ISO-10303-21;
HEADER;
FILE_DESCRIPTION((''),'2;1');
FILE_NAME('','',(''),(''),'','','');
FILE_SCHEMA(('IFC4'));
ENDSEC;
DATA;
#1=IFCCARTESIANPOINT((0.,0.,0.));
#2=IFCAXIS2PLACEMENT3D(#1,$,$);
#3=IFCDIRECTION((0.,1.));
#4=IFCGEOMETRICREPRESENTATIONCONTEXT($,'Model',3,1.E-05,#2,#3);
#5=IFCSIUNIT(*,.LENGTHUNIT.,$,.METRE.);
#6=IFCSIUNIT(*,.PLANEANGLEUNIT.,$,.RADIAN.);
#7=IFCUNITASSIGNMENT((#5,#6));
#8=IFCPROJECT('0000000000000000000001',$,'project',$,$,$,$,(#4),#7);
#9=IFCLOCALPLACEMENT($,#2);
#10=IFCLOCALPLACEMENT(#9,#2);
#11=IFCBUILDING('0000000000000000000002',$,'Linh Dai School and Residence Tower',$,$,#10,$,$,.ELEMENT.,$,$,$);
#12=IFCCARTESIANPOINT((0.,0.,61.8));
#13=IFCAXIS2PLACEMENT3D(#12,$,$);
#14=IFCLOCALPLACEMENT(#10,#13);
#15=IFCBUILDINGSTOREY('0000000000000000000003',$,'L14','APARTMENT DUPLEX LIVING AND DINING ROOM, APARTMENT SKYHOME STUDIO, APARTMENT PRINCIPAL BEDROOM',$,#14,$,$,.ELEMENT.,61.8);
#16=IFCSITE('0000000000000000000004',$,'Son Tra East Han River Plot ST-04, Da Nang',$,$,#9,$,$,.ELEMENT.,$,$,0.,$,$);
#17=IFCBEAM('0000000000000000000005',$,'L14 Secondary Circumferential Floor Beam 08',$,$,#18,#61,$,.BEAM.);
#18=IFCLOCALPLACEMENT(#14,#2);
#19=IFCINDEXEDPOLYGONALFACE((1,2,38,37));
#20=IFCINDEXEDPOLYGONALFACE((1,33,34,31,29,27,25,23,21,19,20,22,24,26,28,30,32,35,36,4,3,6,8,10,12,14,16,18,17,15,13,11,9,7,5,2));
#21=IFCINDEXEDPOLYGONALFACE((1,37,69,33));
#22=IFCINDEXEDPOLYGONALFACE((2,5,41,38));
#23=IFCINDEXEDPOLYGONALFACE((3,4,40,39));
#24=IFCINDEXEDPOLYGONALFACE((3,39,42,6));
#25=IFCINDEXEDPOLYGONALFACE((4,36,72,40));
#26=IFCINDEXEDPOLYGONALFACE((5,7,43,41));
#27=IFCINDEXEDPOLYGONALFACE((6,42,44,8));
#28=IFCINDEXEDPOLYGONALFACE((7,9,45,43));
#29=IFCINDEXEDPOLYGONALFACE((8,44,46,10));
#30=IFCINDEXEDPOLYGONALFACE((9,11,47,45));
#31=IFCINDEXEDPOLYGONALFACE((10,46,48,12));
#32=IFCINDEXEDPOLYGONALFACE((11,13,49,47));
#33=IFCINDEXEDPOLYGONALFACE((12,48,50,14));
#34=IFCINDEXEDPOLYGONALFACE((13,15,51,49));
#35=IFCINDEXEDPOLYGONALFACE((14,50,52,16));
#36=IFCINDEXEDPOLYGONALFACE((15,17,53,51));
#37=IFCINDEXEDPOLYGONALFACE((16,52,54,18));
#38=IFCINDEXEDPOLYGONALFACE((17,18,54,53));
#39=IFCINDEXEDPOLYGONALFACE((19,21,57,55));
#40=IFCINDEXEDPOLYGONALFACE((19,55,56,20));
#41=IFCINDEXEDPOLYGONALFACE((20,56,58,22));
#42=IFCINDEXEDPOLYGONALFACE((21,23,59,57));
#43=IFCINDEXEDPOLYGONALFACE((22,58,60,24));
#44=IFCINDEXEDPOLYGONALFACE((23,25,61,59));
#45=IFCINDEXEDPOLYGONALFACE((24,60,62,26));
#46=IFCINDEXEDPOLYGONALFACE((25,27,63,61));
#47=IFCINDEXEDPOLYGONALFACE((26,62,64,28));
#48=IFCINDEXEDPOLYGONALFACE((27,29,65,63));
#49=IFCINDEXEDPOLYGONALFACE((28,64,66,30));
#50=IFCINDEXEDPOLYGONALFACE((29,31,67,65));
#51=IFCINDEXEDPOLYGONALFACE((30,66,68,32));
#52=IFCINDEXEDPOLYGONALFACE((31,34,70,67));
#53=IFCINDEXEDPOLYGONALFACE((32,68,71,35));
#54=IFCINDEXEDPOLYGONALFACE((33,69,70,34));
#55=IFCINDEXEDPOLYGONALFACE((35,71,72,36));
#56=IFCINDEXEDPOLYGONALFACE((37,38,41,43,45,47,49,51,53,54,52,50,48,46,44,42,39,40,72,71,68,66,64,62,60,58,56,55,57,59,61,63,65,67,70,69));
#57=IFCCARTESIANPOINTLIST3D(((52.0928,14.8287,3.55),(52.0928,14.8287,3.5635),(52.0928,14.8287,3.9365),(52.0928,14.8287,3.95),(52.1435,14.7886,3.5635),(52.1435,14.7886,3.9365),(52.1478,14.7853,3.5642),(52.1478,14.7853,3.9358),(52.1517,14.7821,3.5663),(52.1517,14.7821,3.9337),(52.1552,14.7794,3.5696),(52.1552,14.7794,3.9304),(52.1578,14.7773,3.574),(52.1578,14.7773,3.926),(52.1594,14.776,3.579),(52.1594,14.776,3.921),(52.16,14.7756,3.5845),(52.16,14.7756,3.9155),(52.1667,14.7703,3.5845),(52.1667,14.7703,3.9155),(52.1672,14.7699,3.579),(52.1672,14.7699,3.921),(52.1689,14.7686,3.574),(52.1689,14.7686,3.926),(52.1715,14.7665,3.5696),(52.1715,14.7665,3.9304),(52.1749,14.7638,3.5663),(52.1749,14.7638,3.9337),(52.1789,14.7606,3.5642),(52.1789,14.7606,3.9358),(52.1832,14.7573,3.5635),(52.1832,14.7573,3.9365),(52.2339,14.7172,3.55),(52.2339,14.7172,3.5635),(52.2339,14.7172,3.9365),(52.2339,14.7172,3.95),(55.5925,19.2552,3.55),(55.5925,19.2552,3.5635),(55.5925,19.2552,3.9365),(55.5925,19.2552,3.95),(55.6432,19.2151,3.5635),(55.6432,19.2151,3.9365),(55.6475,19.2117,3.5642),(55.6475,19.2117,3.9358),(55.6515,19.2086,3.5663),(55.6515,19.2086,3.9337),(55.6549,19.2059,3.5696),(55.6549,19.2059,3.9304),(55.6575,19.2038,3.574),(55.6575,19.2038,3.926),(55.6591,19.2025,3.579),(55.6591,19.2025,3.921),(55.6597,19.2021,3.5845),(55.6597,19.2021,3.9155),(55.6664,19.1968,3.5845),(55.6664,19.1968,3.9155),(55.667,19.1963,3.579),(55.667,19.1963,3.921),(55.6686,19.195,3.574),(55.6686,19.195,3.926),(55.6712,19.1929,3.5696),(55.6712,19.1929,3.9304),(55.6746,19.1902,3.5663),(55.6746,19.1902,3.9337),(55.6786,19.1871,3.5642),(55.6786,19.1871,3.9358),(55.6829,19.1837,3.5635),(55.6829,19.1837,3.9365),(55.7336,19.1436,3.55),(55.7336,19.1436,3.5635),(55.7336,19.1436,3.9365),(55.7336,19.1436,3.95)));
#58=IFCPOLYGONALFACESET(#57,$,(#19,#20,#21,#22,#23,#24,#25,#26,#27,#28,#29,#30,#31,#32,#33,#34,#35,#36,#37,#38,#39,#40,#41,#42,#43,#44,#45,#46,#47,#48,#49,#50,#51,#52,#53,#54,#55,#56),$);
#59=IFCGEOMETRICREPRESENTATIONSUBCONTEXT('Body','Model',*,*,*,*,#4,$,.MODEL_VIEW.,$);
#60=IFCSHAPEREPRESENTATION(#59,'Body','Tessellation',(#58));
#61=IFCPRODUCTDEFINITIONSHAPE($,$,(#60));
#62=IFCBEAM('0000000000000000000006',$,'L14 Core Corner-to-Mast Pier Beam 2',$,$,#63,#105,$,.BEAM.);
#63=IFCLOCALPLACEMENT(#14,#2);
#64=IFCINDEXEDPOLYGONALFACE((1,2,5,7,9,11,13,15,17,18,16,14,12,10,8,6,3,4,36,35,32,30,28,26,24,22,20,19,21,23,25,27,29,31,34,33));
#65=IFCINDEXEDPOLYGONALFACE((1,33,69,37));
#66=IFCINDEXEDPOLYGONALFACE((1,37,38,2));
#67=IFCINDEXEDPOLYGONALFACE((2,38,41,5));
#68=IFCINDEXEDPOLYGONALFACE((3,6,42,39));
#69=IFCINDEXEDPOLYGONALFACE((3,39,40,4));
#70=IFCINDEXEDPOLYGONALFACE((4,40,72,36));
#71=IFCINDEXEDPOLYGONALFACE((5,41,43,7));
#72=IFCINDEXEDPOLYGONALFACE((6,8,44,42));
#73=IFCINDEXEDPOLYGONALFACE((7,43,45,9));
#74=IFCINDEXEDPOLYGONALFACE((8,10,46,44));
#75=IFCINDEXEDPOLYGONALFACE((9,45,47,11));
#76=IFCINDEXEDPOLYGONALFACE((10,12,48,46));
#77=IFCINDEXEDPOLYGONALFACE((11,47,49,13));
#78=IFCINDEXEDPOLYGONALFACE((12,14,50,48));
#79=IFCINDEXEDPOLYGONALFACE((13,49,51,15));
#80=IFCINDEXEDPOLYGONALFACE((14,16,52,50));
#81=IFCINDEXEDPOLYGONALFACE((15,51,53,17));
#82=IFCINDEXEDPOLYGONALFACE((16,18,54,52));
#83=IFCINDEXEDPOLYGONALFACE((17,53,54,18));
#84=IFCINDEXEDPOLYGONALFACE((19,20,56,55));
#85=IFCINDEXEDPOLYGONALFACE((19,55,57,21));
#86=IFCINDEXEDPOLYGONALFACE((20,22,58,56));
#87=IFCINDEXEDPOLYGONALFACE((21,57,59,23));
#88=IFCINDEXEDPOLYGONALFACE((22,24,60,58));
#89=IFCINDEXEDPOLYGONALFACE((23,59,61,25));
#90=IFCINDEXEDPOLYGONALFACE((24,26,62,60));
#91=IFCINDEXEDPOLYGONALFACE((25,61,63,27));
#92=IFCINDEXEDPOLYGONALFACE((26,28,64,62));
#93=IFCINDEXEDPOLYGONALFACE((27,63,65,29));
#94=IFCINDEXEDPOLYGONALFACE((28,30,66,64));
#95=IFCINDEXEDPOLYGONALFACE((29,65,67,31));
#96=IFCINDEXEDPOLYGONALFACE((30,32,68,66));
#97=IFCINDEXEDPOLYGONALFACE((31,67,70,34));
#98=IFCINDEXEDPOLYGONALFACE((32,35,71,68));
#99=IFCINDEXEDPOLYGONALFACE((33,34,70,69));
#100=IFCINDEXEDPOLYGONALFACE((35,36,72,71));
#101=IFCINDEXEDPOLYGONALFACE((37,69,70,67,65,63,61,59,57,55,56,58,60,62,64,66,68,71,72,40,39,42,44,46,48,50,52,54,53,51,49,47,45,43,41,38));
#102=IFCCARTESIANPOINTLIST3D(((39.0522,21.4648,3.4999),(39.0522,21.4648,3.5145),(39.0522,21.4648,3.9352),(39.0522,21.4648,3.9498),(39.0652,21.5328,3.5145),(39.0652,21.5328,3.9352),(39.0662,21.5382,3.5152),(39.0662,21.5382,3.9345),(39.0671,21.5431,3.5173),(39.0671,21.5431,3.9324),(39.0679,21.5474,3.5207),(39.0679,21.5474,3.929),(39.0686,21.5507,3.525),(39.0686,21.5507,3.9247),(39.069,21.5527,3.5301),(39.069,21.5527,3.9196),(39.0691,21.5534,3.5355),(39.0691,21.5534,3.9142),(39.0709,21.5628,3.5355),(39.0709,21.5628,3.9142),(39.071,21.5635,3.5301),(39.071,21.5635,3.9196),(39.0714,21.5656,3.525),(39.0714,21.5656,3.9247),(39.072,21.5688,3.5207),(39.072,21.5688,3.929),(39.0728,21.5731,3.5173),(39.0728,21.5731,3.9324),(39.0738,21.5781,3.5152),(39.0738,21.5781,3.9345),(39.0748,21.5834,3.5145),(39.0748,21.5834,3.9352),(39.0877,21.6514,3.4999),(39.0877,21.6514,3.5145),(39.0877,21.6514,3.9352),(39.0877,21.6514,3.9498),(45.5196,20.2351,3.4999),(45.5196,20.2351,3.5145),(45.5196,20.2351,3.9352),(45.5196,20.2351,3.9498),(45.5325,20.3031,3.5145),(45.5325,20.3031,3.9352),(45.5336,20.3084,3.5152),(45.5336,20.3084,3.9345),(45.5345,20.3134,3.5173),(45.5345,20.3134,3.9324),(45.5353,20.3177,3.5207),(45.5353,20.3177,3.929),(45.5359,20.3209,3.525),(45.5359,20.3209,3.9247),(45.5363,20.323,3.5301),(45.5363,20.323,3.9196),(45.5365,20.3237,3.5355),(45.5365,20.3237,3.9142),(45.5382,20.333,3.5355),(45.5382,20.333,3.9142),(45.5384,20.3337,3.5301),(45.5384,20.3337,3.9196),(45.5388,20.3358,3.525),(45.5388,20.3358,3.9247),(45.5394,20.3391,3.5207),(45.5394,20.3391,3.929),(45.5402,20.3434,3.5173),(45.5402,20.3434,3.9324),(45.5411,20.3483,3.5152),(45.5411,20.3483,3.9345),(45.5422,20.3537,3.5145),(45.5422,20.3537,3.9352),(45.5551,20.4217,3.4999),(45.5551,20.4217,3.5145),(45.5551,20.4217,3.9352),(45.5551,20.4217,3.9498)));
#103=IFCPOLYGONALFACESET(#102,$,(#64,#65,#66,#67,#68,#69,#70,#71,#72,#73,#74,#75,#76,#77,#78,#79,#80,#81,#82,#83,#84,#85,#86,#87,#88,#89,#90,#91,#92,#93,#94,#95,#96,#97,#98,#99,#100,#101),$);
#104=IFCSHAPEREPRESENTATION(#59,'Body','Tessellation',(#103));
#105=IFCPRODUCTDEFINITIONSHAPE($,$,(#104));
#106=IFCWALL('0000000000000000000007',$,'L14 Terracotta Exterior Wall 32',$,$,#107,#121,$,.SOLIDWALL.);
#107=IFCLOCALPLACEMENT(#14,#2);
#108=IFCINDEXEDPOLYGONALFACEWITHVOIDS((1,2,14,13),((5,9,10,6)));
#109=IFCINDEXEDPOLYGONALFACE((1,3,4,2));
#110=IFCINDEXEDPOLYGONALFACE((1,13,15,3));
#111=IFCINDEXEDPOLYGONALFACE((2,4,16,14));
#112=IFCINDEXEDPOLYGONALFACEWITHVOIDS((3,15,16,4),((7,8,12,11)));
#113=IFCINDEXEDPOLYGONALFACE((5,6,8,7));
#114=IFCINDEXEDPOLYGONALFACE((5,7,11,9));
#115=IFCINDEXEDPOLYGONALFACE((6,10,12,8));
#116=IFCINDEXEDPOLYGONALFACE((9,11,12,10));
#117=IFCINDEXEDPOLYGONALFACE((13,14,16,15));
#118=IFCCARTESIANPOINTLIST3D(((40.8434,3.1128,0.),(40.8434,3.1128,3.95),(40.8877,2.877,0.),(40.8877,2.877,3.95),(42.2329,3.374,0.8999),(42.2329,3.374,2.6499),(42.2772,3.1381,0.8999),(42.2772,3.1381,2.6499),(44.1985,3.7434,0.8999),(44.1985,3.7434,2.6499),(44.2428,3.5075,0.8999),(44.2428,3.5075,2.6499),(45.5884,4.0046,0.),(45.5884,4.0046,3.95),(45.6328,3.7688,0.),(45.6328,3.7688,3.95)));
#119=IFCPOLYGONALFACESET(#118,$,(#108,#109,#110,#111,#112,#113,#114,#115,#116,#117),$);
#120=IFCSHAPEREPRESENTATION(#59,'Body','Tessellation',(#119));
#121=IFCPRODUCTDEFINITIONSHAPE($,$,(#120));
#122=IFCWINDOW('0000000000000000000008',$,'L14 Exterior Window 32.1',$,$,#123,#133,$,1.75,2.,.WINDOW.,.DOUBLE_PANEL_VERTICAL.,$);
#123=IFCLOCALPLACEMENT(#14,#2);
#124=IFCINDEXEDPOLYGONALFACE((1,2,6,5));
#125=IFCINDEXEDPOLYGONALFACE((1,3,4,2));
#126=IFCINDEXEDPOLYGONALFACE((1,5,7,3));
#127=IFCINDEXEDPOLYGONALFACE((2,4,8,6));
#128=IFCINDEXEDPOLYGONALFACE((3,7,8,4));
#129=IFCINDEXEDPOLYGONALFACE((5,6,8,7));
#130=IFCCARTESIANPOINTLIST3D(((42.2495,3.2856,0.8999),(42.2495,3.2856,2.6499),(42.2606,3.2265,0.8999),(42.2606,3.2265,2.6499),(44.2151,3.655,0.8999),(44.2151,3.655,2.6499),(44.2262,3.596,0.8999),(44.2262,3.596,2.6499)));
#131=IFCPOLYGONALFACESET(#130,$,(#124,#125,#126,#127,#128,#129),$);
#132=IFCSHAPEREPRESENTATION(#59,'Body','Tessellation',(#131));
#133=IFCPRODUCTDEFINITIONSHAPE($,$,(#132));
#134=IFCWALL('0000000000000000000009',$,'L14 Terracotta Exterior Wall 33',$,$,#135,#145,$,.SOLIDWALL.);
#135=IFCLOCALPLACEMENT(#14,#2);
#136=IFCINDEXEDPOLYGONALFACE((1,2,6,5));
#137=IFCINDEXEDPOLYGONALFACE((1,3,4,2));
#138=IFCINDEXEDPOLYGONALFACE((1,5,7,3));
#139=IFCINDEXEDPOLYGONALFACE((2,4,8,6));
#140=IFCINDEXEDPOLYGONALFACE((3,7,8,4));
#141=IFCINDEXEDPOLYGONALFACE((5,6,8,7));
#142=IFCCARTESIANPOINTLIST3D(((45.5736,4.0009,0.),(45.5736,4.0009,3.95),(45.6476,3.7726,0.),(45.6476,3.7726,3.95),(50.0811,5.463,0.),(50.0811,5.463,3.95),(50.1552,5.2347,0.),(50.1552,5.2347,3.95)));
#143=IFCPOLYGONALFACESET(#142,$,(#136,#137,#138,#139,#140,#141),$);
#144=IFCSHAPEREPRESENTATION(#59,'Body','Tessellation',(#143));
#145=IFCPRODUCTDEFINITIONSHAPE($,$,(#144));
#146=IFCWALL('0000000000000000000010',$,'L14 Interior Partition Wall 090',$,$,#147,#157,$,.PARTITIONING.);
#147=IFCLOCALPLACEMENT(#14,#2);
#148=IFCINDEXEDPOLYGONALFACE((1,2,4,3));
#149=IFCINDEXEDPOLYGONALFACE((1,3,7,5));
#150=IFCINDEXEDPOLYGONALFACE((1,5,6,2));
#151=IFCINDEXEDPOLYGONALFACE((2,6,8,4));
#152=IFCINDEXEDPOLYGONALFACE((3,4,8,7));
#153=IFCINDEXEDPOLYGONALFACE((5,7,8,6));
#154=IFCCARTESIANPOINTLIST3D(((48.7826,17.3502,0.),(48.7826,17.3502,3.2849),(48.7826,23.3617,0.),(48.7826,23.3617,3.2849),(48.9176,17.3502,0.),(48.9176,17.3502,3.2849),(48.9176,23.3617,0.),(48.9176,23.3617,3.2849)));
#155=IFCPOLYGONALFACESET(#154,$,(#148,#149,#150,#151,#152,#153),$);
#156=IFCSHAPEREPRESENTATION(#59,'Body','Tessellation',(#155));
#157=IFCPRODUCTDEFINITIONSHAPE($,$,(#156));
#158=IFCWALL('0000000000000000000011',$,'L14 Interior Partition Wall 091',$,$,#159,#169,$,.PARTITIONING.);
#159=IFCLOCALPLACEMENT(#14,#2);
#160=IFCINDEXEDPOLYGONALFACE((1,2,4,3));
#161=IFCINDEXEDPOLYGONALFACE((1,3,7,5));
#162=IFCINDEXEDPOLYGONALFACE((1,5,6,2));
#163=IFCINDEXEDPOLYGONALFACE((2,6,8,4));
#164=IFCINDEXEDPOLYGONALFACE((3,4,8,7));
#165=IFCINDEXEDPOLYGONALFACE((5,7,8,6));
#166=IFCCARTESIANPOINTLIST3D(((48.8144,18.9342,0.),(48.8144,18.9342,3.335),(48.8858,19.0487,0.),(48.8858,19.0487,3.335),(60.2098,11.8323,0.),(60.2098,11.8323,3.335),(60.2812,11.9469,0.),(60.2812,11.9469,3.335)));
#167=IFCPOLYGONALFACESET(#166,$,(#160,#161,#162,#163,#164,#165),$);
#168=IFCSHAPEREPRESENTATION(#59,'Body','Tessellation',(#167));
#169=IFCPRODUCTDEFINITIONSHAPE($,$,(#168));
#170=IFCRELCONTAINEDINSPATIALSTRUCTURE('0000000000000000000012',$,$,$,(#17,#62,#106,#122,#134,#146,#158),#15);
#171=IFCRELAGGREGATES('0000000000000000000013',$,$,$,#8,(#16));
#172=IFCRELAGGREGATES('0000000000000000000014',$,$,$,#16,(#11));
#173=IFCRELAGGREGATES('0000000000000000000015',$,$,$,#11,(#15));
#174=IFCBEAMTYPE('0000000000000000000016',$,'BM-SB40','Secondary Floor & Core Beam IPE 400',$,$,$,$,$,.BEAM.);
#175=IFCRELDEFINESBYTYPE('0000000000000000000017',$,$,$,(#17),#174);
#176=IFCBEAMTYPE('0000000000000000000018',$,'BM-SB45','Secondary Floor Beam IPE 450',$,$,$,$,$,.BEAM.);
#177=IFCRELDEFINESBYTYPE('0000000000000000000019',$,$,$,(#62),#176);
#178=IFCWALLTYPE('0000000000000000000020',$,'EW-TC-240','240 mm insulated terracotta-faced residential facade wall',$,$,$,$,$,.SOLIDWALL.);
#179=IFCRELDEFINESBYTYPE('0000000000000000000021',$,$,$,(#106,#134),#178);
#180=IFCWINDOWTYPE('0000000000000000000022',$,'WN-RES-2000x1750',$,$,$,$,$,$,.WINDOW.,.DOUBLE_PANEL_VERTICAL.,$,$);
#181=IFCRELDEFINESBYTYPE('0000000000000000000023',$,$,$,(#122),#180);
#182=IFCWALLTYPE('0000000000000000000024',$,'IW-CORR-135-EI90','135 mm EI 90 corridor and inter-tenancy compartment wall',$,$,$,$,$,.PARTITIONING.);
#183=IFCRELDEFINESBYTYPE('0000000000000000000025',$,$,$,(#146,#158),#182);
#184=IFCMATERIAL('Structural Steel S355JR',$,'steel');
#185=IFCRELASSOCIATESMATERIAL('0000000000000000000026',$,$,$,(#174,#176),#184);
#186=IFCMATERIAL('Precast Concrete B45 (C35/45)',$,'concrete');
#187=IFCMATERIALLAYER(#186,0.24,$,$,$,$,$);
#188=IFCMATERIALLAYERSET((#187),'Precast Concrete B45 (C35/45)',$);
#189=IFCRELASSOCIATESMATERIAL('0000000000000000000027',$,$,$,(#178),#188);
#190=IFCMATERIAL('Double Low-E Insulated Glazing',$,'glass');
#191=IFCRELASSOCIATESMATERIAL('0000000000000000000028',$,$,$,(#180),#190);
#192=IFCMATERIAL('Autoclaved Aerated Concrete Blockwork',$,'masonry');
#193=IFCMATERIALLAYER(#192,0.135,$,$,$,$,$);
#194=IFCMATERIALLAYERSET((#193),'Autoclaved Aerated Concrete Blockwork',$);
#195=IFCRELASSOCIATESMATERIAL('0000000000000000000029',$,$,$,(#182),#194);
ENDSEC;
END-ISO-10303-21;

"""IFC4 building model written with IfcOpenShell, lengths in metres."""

from ifc_helpers import new_model, si_unit, direction, frame, frame_2d, origin, origin_2d, place, context, subcontext, project, spatial, rectangle, i_section, extrude, source, transform, mapped, material, layer, layer_set, material_profile, profile_set, type_object, element, fill, save


model = new_model("IFC4")

# Units and contexts
model_context = context("Model", 3, precision=1e-05, world=origin(), true_north=direction((0.0, 1.0)))
body_context = subcontext(model_context, "Body", "Model", "MODEL_VIEW")
ifc_project = project(units=[si_unit("LENGTHUNIT", "METRE"), si_unit("PLANEANGLEUNIT", "RADIAN")], contexts=[model_context])

# Site, building, storey
site_placement = place(None, origin())
site = spatial("IfcSite", under=ifc_project, at=site_placement, Name="Son Tra East Han River Plot ST-04, Da Nang", CompositionType="ELEMENT", RefElevation=0.0)
building_placement = place(site_placement, origin())
building = spatial("IfcBuilding", under=site, at=building_placement, Name="Linh Dai School and Residence Tower", CompositionType="ELEMENT")
storey_placement = place(building_placement, frame((0.0, 0.0, 61.8)))
storey = spatial("IfcBuildingStorey", under=building, at=storey_placement, Name="L14", Description="APARTMENT DUPLEX LIVING AND DINING ROOM, APARTMENT SKYHOME STUDIO, APARTMENT PRINCIPAL BEDROOM", CompositionType="ELEMENT", Elevation=61.8)

# Shared definitions
ifc_material_1 = material(Name="Structural Steel S355JR", Category="steel")

# Beams
ifc_material_profile_1 = material_profile(ifc_material_1, i_section(OverallWidth=0.1799, OverallDepth=0.3999, WebThickness=0.0085, FlangeThickness=0.0134, FilletRadius=0.021, at=origin_2d()), Name="IPE 400")
ifc_profile_set_1 = profile_set([ifc_material_profile_1], Name="Structural Steel S355JR")
beam_type_1 = type_object("IfcBeamType", Name="BM-SB40", Description="Secondary Floor & Core Beam IPE 400", PredefinedType="BEAM", material=ifc_profile_set_1)
beam_1_placement = place(storey_placement, frame((52.1633, 14.7729, 3.75), z_axis=(0.620205, 0.78444, 0.0), x_axis=(-0.78444, 0.620205, 0.0)))
element("IfcBeam", 1, at=beam_1_placement, inside=storey, type_object=beam_type_1, Name="L14 Secondary Circumferential Floor Beam 08", PredefinedType="BEAM", context=body_context, shape_type="SweptSolid", body=[
    extrude(i_section(OverallWidth=0.1799, OverallDepth=0.3999, WebThickness=0.0085, FlangeThickness=0.0134, FilletRadius=0.021, at=origin_2d()), origin(), (0.0, 0.0, 1.0), 5.6428),
])
ifc_material_profile_2 = material_profile(ifc_material_1, i_section(OverallWidth=0.1899, OverallDepth=0.45, WebThickness=0.0095, FlangeThickness=0.0146, FilletRadius=0.021, at=origin_2d()), Name="IPE 450")
ifc_profile_set_2 = profile_set([ifc_material_profile_2], Name="Structural Steel S355JR")
beam_type_2 = type_object("IfcBeamType", Name="BM-SB45", Description="Secondary Floor Beam IPE 450", PredefinedType="BEAM", material=ifc_profile_set_2)
beam_2_placement = place(storey_placement, frame((45.5374, 20.3284, 3.7249), z_axis=(-0.982398, 0.1868, 0.0), x_axis=(-0.1868, -0.982398, 0.0)))
element("IfcBeam", 2, at=beam_2_placement, inside=storey, type_object=beam_type_2, Name="L14 Core Corner-to-Mast Pier Beam 2", PredefinedType="BEAM", context=body_context, shape_type="SweptSolid", body=[
    extrude(i_section(OverallWidth=0.1899, OverallDepth=0.45, WebThickness=0.0095, FlangeThickness=0.0146, FilletRadius=0.021, at=origin_2d()), origin(), (0.0, 0.0, 1.0), 6.5833),
])

# Wall, opening, window
ifc_material_2 = material(Name="Precast Concrete B45 (C35/45)", Category="concrete")
ifc_layer_1 = layer(ifc_material_2, 0.24)
ifc_layer_set_1 = layer_set([ifc_layer_1], Name="Precast Concrete B45 (C35/45)")
wall_type_1 = type_object("IfcWallType", Name="EW-TC-240", Description="240 mm insulated terracotta-faced residential facade wall", PredefinedType="SOLIDWALL", material=ifc_layer_set_1)
wall_1_placement = place(storey_placement, frame((45.6106, 3.8867, 0.0), z_axis=(0.0, 0.0, 1.0), x_axis=(-0.982792, -0.184716, 0.0)))
wall_1 = element("IfcWall", 3, at=wall_1_placement, inside=storey, type_object=wall_type_1, Name="L14 Terracotta Exterior Wall 32", PredefinedType="SOLIDWALL", context=body_context, shape_type="SweptSolid", body=[
    extrude(rectangle(XDim=4.8281, YDim=0.24, at=frame_2d((2.4141, 0.0))), origin(), (0.0, 0.0, 1.0), 3.95),
])
opening_1_placement = place(wall_1_placement, frame((1.4143, 0.0, 0.8999)))
opening_1 = element("IfcOpeningElement", 4, at=opening_1_placement, cuts=wall_1, PredefinedType="OPENING", context=body_context, shape_type="SweptSolid", body=[
    extrude(rectangle(XDim=2.0, YDim=1.75, at=origin_2d()), frame((1.0, 0.1299, 0.875), z_axis=(0.0, -1.0, 0.0), x_axis=(1.0, 0.0, 0.0)), (0.0, 0.0, 1.0), 0.26),
])
ifc_material_3 = material(Name="Double Low-E Insulated Glazing", Category="glass")
window_type = type_object("IfcWindowType", Name="WN-RES-2000x1750", PartitioningType="DOUBLE_PANEL_VERTICAL", PredefinedType="WINDOW", material=ifc_material_3)
shared_shape_1 = source(origin(), body_context, "Body", "SweptSolid", [
    extrude(rectangle(XDim=2.0, YDim=1.75, at=origin_2d()), frame((1.0, 0.03, 0.875), z_axis=(0.0, -1.0, 0.0), x_axis=(1.0, 0.0, 0.0)), (0.0, 0.0, 1.0), 0.0601),
])
window_placement = place(opening_1_placement, origin())
window = element("IfcWindow", 5, at=window_placement, inside=storey, type_object=window_type, Name="L14 Exterior Window 32.1", OverallHeight=1.75, OverallWidth=2.0, PartitioningType="DOUBLE_PANEL_VERTICAL", PredefinedType="WINDOW", context=body_context, shape_type="MappedRepresentation", body=[
    mapped(shared_shape_1, transform((0.0, 0.0, 0.0), x_axis=(1.0, 0.0, 0.0), y_axis=(0.0, 1.0, 0.0), z_axis=(0.0, 0.0, 1.0), scale=1.0)),
])
fill(opening_1, window)

# Walls
wall_2_placement = place(storey_placement, frame((50.1182, 5.3489, 0.0), z_axis=(0.0, 0.0, 1.0), x_axis=(-0.951208, -0.308551, 0.0)))
element("IfcWall", 6, at=wall_2_placement, inside=storey, type_object=wall_type_1, Name="L14 Terracotta Exterior Wall 33", PredefinedType="SOLIDWALL", context=body_context, shape_type="SweptSolid", body=[
    extrude(rectangle(XDim=4.7388, YDim=0.24, at=frame_2d((2.3694, 0.0))), origin(), (0.0, 0.0, 1.0), 3.95),
])
ifc_material_4 = material(Name="Autoclaved Aerated Concrete Blockwork", Category="masonry")
ifc_layer_2 = layer(ifc_material_4, 0.135)
ifc_layer_set_2 = layer_set([ifc_layer_2], Name="Autoclaved Aerated Concrete Blockwork")
wall_type_2 = type_object("IfcWallType", Name="IW-CORR-135-EI90", Description="135 mm EI 90 corridor and inter-tenancy compartment wall", PredefinedType="PARTITIONING", material=ifc_layer_set_2)
wall_3_placement = place(storey_placement, frame((48.8501, 17.3501, 0.0), z_axis=(0.0, 0.0, 1.0), x_axis=(0.0, 1.0, 0.0)))
element("IfcWall", 7, at=wall_3_placement, inside=storey, type_object=wall_type_2, Name="L14 Interior Partition Wall 090", PredefinedType="PARTITIONING", context=body_context, shape_type="SweptSolid", body=[
    extrude(rectangle(XDim=6.0115, YDim=0.135, at=frame_2d((3.0059, 0.0))), origin(), (0.0, 0.0, 1.0), 3.2849),
])
wall_4_placement = place(storey_placement, frame((48.8501, 18.9915, 0.0), z_axis=(0.0, 0.0, 1.0), x_axis=(0.848675, -0.528915, 0.0)))
element("IfcWall", 8, at=wall_4_placement, inside=storey, type_object=wall_type_2, Name="L14 Interior Partition Wall 091", PredefinedType="PARTITIONING", context=body_context, shape_type="SweptSolid", body=[
    extrude(rectangle(XDim=13.4272, YDim=0.135, at=frame_2d((6.7136, 0.0))), origin(), (0.0, 0.0, 1.0), 3.335),
])

save(model, "model.ifc")
